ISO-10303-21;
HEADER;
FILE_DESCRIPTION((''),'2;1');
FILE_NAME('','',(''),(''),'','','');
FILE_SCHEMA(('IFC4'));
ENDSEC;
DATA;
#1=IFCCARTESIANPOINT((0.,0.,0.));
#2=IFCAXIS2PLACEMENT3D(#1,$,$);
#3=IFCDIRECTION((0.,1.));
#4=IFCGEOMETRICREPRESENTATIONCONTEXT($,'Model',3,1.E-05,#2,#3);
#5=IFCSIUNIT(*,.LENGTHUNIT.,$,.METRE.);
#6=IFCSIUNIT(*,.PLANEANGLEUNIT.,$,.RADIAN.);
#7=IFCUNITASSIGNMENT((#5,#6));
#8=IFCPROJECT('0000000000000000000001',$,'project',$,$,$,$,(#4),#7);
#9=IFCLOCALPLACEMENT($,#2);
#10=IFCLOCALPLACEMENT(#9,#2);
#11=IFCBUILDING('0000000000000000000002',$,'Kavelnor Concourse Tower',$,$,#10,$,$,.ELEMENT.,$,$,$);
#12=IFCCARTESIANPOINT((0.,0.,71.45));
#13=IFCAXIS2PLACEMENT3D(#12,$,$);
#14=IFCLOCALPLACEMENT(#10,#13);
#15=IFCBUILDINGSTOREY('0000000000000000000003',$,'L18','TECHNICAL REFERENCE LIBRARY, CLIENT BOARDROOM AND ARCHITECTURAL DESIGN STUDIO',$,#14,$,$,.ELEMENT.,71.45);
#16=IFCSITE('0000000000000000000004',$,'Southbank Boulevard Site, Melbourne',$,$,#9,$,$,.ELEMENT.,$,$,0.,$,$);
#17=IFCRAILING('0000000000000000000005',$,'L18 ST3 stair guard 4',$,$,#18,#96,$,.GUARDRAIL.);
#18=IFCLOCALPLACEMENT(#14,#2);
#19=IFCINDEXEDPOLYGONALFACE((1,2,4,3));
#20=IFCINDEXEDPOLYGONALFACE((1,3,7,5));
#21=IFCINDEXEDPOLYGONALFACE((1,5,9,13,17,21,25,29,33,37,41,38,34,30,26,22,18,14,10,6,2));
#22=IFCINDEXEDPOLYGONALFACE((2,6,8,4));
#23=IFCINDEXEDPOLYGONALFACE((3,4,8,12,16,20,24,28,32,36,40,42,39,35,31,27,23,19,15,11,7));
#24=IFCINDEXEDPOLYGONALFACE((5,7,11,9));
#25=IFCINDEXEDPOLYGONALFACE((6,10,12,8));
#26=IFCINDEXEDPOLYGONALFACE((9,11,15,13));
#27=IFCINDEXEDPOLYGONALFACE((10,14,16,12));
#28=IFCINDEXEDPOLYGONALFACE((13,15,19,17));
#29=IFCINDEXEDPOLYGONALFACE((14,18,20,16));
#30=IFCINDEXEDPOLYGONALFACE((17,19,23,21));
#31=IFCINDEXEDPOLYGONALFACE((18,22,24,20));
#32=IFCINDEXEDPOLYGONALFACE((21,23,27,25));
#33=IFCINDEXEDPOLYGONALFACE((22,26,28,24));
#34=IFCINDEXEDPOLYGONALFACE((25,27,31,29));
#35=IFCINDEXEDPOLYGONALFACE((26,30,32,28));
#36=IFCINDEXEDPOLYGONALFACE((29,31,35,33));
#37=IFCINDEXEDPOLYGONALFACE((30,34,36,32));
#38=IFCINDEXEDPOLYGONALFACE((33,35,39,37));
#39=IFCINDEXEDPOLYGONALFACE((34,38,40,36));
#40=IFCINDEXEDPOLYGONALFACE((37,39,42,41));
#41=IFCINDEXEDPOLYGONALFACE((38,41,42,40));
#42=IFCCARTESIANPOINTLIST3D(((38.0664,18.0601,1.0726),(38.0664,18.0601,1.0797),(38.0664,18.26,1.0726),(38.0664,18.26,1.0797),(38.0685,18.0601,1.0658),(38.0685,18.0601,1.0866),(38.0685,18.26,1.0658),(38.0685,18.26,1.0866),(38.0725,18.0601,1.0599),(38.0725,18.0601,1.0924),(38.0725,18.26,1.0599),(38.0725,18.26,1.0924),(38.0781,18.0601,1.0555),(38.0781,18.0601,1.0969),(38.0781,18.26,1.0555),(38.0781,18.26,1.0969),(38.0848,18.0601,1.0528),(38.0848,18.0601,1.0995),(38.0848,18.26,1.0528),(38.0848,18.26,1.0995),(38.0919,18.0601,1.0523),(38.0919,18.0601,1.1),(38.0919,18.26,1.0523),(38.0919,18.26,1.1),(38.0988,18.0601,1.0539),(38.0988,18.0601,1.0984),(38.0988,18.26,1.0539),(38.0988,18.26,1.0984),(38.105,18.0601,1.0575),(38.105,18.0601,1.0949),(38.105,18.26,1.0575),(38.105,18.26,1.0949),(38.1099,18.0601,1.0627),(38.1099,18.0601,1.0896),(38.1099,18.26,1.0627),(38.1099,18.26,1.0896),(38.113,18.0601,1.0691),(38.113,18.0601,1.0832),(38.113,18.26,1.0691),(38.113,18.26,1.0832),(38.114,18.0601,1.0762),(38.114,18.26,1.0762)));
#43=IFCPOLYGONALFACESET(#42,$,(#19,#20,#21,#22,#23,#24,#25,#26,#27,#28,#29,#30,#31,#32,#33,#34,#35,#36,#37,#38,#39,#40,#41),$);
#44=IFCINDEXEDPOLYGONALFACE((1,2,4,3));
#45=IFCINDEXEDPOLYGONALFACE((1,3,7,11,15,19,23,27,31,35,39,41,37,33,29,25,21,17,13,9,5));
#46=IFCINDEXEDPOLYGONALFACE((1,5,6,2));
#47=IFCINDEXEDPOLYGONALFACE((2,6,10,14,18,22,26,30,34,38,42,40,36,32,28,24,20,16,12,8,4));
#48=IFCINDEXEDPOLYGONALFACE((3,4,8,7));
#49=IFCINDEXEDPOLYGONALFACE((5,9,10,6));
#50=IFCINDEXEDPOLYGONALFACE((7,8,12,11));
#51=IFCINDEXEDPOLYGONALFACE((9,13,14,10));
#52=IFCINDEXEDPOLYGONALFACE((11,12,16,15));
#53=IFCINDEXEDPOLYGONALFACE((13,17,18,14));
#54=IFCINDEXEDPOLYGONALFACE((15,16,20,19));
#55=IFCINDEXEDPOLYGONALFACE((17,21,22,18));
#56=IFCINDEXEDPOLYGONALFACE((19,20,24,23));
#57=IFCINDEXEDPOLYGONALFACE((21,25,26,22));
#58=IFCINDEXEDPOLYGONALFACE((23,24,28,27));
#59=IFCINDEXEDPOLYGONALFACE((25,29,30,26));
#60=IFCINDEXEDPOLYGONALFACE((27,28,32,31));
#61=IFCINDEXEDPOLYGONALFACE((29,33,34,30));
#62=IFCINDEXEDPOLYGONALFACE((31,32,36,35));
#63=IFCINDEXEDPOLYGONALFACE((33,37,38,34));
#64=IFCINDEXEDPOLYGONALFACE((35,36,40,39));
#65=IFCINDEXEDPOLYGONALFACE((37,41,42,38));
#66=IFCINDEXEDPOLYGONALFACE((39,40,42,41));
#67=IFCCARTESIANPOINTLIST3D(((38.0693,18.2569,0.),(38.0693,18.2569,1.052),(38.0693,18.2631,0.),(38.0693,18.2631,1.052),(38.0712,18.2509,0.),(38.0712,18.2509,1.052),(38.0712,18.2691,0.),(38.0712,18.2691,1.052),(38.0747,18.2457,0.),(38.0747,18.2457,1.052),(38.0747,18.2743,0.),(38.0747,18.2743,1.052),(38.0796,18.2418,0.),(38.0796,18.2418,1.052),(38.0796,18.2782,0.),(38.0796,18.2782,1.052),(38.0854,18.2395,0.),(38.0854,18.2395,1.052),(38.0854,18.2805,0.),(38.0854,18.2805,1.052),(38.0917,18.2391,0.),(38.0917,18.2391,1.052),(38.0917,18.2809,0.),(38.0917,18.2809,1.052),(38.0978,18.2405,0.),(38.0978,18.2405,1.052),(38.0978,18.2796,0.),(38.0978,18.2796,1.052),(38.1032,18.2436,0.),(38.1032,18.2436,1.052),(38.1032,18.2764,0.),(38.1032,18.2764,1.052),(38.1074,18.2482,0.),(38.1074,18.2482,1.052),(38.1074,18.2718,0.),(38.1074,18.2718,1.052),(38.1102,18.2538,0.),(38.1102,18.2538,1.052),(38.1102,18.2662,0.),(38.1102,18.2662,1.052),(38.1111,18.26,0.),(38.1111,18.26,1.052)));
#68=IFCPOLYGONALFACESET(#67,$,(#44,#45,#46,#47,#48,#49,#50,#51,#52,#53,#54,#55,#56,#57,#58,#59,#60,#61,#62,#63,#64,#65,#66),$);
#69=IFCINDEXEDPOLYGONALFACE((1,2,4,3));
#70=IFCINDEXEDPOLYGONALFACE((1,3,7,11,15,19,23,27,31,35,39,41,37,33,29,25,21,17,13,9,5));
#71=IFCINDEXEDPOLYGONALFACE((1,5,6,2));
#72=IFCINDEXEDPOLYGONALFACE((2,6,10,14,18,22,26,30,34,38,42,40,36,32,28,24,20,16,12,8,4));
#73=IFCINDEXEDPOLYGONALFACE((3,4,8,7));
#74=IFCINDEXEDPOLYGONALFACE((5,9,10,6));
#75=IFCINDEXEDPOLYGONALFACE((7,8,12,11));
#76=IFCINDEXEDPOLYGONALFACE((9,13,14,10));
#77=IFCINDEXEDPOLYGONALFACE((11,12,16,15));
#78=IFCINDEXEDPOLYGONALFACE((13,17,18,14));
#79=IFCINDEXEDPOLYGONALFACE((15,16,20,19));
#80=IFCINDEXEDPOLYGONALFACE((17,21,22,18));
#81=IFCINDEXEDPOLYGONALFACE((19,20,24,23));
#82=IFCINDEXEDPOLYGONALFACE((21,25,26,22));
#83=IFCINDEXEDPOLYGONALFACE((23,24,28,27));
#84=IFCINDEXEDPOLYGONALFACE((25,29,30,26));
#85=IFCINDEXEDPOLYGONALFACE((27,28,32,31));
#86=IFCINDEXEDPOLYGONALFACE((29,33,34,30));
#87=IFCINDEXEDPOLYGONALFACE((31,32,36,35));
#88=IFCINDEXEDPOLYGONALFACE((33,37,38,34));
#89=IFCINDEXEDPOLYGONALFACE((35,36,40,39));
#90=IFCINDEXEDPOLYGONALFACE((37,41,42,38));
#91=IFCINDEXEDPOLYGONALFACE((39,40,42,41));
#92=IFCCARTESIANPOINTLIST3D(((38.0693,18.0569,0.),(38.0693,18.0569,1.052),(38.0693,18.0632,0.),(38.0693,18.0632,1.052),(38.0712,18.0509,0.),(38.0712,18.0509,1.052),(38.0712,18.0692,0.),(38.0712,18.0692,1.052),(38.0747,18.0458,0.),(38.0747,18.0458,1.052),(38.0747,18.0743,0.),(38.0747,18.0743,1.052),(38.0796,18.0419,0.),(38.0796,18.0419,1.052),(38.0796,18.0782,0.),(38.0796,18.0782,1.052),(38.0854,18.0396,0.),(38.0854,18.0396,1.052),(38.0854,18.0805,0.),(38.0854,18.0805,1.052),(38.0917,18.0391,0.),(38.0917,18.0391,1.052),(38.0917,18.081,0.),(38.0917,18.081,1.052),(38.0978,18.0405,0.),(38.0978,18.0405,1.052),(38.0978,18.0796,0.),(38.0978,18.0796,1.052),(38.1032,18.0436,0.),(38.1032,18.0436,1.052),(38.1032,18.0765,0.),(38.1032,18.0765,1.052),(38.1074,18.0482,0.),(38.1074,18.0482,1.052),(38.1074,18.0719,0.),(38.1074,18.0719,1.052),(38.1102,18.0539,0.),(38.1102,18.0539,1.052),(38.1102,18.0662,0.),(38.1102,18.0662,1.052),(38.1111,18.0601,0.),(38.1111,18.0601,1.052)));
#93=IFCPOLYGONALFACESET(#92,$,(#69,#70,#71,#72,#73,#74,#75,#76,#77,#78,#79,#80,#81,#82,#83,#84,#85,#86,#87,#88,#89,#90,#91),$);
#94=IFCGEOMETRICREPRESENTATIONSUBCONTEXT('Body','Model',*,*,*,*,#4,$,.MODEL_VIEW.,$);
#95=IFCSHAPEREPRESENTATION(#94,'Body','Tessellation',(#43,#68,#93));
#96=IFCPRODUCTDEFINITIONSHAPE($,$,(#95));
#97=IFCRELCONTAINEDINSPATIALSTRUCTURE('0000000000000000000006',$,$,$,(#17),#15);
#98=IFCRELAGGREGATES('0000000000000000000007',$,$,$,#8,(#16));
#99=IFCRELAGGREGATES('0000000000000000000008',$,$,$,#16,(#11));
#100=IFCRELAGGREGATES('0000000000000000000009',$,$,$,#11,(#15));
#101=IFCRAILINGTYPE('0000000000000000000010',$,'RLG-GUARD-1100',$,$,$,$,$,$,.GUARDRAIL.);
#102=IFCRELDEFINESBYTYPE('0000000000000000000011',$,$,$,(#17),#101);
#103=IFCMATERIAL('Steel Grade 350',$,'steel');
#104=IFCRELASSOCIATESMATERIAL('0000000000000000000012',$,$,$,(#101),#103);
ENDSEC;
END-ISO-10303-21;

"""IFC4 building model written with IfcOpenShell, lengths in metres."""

from ifc_helpers import new_model, si_unit, direction, frame, origin, origin_2d, place, context, subcontext, project, spatial, circle, extrude, material, type_object, element, save


model = new_model("IFC4")

# Units and contexts
model_context = context("Model", 3, precision=1e-05, world=origin(), true_north=direction((0.0, 1.0)))
body_context = subcontext(model_context, "Body", "Model", "MODEL_VIEW")
ifc_project = project(units=[si_unit("LENGTHUNIT", "METRE"), si_unit("PLANEANGLEUNIT", "RADIAN")], contexts=[model_context])

# Site, building, storey
site_placement = place(None, origin())
site = spatial("IfcSite", under=ifc_project, at=site_placement, Name="Southbank Boulevard Site, Melbourne", CompositionType="ELEMENT", RefElevation=0.0)
building_placement = place(site_placement, origin())
building = spatial("IfcBuilding", under=site, at=building_placement, Name="Kavelnor Concourse Tower", CompositionType="ELEMENT")
storey_placement = place(building_placement, frame((0.0, 0.0, 71.45)))
storey = spatial("IfcBuildingStorey", under=building, at=storey_placement, Name="L18", Description="TECHNICAL REFERENCE LIBRARY, CLIENT BOARDROOM AND ARCHITECTURAL DESIGN STUDIO", CompositionType="ELEMENT", Elevation=71.45)

# Shared definitions
ifc_material_1 = material(Name="Steel Grade 350", Category="steel")

# Railing
railing_type_1 = type_object("IfcRailingType", Name="RLG-GUARD-1100", PredefinedType="GUARDRAIL", material=ifc_material_1)
railing_1_placement = place(storey_placement, frame((38.0901, 18.26, 0.0)))
element("IfcRailing", 1, at=railing_1_placement, inside=storey, type_object=railing_type_1, Name="L18 ST3 stair guard 4", PredefinedType="GUARDRAIL", context=body_context, shape_type="SweptSolid", body=[
    extrude(circle(Radius=0.0239, at=origin_2d()), frame((0.0, 0.0, 1.0762), z_axis=(0.0, -1.0, 0.0), x_axis=(1.0, 0.0, 0.0)), (0.0, 0.0, 1.0), 0.2),
    extrude(circle(Radius=0.021, at=origin_2d()), origin(), (0.0, 0.0, 1.0), 1.052),
    extrude(circle(Radius=0.021, at=origin_2d()), frame((0.0, -0.2, 0.0)), (0.0, 0.0, 1.0), 1.052),
])

save(model, "model.ifc")
